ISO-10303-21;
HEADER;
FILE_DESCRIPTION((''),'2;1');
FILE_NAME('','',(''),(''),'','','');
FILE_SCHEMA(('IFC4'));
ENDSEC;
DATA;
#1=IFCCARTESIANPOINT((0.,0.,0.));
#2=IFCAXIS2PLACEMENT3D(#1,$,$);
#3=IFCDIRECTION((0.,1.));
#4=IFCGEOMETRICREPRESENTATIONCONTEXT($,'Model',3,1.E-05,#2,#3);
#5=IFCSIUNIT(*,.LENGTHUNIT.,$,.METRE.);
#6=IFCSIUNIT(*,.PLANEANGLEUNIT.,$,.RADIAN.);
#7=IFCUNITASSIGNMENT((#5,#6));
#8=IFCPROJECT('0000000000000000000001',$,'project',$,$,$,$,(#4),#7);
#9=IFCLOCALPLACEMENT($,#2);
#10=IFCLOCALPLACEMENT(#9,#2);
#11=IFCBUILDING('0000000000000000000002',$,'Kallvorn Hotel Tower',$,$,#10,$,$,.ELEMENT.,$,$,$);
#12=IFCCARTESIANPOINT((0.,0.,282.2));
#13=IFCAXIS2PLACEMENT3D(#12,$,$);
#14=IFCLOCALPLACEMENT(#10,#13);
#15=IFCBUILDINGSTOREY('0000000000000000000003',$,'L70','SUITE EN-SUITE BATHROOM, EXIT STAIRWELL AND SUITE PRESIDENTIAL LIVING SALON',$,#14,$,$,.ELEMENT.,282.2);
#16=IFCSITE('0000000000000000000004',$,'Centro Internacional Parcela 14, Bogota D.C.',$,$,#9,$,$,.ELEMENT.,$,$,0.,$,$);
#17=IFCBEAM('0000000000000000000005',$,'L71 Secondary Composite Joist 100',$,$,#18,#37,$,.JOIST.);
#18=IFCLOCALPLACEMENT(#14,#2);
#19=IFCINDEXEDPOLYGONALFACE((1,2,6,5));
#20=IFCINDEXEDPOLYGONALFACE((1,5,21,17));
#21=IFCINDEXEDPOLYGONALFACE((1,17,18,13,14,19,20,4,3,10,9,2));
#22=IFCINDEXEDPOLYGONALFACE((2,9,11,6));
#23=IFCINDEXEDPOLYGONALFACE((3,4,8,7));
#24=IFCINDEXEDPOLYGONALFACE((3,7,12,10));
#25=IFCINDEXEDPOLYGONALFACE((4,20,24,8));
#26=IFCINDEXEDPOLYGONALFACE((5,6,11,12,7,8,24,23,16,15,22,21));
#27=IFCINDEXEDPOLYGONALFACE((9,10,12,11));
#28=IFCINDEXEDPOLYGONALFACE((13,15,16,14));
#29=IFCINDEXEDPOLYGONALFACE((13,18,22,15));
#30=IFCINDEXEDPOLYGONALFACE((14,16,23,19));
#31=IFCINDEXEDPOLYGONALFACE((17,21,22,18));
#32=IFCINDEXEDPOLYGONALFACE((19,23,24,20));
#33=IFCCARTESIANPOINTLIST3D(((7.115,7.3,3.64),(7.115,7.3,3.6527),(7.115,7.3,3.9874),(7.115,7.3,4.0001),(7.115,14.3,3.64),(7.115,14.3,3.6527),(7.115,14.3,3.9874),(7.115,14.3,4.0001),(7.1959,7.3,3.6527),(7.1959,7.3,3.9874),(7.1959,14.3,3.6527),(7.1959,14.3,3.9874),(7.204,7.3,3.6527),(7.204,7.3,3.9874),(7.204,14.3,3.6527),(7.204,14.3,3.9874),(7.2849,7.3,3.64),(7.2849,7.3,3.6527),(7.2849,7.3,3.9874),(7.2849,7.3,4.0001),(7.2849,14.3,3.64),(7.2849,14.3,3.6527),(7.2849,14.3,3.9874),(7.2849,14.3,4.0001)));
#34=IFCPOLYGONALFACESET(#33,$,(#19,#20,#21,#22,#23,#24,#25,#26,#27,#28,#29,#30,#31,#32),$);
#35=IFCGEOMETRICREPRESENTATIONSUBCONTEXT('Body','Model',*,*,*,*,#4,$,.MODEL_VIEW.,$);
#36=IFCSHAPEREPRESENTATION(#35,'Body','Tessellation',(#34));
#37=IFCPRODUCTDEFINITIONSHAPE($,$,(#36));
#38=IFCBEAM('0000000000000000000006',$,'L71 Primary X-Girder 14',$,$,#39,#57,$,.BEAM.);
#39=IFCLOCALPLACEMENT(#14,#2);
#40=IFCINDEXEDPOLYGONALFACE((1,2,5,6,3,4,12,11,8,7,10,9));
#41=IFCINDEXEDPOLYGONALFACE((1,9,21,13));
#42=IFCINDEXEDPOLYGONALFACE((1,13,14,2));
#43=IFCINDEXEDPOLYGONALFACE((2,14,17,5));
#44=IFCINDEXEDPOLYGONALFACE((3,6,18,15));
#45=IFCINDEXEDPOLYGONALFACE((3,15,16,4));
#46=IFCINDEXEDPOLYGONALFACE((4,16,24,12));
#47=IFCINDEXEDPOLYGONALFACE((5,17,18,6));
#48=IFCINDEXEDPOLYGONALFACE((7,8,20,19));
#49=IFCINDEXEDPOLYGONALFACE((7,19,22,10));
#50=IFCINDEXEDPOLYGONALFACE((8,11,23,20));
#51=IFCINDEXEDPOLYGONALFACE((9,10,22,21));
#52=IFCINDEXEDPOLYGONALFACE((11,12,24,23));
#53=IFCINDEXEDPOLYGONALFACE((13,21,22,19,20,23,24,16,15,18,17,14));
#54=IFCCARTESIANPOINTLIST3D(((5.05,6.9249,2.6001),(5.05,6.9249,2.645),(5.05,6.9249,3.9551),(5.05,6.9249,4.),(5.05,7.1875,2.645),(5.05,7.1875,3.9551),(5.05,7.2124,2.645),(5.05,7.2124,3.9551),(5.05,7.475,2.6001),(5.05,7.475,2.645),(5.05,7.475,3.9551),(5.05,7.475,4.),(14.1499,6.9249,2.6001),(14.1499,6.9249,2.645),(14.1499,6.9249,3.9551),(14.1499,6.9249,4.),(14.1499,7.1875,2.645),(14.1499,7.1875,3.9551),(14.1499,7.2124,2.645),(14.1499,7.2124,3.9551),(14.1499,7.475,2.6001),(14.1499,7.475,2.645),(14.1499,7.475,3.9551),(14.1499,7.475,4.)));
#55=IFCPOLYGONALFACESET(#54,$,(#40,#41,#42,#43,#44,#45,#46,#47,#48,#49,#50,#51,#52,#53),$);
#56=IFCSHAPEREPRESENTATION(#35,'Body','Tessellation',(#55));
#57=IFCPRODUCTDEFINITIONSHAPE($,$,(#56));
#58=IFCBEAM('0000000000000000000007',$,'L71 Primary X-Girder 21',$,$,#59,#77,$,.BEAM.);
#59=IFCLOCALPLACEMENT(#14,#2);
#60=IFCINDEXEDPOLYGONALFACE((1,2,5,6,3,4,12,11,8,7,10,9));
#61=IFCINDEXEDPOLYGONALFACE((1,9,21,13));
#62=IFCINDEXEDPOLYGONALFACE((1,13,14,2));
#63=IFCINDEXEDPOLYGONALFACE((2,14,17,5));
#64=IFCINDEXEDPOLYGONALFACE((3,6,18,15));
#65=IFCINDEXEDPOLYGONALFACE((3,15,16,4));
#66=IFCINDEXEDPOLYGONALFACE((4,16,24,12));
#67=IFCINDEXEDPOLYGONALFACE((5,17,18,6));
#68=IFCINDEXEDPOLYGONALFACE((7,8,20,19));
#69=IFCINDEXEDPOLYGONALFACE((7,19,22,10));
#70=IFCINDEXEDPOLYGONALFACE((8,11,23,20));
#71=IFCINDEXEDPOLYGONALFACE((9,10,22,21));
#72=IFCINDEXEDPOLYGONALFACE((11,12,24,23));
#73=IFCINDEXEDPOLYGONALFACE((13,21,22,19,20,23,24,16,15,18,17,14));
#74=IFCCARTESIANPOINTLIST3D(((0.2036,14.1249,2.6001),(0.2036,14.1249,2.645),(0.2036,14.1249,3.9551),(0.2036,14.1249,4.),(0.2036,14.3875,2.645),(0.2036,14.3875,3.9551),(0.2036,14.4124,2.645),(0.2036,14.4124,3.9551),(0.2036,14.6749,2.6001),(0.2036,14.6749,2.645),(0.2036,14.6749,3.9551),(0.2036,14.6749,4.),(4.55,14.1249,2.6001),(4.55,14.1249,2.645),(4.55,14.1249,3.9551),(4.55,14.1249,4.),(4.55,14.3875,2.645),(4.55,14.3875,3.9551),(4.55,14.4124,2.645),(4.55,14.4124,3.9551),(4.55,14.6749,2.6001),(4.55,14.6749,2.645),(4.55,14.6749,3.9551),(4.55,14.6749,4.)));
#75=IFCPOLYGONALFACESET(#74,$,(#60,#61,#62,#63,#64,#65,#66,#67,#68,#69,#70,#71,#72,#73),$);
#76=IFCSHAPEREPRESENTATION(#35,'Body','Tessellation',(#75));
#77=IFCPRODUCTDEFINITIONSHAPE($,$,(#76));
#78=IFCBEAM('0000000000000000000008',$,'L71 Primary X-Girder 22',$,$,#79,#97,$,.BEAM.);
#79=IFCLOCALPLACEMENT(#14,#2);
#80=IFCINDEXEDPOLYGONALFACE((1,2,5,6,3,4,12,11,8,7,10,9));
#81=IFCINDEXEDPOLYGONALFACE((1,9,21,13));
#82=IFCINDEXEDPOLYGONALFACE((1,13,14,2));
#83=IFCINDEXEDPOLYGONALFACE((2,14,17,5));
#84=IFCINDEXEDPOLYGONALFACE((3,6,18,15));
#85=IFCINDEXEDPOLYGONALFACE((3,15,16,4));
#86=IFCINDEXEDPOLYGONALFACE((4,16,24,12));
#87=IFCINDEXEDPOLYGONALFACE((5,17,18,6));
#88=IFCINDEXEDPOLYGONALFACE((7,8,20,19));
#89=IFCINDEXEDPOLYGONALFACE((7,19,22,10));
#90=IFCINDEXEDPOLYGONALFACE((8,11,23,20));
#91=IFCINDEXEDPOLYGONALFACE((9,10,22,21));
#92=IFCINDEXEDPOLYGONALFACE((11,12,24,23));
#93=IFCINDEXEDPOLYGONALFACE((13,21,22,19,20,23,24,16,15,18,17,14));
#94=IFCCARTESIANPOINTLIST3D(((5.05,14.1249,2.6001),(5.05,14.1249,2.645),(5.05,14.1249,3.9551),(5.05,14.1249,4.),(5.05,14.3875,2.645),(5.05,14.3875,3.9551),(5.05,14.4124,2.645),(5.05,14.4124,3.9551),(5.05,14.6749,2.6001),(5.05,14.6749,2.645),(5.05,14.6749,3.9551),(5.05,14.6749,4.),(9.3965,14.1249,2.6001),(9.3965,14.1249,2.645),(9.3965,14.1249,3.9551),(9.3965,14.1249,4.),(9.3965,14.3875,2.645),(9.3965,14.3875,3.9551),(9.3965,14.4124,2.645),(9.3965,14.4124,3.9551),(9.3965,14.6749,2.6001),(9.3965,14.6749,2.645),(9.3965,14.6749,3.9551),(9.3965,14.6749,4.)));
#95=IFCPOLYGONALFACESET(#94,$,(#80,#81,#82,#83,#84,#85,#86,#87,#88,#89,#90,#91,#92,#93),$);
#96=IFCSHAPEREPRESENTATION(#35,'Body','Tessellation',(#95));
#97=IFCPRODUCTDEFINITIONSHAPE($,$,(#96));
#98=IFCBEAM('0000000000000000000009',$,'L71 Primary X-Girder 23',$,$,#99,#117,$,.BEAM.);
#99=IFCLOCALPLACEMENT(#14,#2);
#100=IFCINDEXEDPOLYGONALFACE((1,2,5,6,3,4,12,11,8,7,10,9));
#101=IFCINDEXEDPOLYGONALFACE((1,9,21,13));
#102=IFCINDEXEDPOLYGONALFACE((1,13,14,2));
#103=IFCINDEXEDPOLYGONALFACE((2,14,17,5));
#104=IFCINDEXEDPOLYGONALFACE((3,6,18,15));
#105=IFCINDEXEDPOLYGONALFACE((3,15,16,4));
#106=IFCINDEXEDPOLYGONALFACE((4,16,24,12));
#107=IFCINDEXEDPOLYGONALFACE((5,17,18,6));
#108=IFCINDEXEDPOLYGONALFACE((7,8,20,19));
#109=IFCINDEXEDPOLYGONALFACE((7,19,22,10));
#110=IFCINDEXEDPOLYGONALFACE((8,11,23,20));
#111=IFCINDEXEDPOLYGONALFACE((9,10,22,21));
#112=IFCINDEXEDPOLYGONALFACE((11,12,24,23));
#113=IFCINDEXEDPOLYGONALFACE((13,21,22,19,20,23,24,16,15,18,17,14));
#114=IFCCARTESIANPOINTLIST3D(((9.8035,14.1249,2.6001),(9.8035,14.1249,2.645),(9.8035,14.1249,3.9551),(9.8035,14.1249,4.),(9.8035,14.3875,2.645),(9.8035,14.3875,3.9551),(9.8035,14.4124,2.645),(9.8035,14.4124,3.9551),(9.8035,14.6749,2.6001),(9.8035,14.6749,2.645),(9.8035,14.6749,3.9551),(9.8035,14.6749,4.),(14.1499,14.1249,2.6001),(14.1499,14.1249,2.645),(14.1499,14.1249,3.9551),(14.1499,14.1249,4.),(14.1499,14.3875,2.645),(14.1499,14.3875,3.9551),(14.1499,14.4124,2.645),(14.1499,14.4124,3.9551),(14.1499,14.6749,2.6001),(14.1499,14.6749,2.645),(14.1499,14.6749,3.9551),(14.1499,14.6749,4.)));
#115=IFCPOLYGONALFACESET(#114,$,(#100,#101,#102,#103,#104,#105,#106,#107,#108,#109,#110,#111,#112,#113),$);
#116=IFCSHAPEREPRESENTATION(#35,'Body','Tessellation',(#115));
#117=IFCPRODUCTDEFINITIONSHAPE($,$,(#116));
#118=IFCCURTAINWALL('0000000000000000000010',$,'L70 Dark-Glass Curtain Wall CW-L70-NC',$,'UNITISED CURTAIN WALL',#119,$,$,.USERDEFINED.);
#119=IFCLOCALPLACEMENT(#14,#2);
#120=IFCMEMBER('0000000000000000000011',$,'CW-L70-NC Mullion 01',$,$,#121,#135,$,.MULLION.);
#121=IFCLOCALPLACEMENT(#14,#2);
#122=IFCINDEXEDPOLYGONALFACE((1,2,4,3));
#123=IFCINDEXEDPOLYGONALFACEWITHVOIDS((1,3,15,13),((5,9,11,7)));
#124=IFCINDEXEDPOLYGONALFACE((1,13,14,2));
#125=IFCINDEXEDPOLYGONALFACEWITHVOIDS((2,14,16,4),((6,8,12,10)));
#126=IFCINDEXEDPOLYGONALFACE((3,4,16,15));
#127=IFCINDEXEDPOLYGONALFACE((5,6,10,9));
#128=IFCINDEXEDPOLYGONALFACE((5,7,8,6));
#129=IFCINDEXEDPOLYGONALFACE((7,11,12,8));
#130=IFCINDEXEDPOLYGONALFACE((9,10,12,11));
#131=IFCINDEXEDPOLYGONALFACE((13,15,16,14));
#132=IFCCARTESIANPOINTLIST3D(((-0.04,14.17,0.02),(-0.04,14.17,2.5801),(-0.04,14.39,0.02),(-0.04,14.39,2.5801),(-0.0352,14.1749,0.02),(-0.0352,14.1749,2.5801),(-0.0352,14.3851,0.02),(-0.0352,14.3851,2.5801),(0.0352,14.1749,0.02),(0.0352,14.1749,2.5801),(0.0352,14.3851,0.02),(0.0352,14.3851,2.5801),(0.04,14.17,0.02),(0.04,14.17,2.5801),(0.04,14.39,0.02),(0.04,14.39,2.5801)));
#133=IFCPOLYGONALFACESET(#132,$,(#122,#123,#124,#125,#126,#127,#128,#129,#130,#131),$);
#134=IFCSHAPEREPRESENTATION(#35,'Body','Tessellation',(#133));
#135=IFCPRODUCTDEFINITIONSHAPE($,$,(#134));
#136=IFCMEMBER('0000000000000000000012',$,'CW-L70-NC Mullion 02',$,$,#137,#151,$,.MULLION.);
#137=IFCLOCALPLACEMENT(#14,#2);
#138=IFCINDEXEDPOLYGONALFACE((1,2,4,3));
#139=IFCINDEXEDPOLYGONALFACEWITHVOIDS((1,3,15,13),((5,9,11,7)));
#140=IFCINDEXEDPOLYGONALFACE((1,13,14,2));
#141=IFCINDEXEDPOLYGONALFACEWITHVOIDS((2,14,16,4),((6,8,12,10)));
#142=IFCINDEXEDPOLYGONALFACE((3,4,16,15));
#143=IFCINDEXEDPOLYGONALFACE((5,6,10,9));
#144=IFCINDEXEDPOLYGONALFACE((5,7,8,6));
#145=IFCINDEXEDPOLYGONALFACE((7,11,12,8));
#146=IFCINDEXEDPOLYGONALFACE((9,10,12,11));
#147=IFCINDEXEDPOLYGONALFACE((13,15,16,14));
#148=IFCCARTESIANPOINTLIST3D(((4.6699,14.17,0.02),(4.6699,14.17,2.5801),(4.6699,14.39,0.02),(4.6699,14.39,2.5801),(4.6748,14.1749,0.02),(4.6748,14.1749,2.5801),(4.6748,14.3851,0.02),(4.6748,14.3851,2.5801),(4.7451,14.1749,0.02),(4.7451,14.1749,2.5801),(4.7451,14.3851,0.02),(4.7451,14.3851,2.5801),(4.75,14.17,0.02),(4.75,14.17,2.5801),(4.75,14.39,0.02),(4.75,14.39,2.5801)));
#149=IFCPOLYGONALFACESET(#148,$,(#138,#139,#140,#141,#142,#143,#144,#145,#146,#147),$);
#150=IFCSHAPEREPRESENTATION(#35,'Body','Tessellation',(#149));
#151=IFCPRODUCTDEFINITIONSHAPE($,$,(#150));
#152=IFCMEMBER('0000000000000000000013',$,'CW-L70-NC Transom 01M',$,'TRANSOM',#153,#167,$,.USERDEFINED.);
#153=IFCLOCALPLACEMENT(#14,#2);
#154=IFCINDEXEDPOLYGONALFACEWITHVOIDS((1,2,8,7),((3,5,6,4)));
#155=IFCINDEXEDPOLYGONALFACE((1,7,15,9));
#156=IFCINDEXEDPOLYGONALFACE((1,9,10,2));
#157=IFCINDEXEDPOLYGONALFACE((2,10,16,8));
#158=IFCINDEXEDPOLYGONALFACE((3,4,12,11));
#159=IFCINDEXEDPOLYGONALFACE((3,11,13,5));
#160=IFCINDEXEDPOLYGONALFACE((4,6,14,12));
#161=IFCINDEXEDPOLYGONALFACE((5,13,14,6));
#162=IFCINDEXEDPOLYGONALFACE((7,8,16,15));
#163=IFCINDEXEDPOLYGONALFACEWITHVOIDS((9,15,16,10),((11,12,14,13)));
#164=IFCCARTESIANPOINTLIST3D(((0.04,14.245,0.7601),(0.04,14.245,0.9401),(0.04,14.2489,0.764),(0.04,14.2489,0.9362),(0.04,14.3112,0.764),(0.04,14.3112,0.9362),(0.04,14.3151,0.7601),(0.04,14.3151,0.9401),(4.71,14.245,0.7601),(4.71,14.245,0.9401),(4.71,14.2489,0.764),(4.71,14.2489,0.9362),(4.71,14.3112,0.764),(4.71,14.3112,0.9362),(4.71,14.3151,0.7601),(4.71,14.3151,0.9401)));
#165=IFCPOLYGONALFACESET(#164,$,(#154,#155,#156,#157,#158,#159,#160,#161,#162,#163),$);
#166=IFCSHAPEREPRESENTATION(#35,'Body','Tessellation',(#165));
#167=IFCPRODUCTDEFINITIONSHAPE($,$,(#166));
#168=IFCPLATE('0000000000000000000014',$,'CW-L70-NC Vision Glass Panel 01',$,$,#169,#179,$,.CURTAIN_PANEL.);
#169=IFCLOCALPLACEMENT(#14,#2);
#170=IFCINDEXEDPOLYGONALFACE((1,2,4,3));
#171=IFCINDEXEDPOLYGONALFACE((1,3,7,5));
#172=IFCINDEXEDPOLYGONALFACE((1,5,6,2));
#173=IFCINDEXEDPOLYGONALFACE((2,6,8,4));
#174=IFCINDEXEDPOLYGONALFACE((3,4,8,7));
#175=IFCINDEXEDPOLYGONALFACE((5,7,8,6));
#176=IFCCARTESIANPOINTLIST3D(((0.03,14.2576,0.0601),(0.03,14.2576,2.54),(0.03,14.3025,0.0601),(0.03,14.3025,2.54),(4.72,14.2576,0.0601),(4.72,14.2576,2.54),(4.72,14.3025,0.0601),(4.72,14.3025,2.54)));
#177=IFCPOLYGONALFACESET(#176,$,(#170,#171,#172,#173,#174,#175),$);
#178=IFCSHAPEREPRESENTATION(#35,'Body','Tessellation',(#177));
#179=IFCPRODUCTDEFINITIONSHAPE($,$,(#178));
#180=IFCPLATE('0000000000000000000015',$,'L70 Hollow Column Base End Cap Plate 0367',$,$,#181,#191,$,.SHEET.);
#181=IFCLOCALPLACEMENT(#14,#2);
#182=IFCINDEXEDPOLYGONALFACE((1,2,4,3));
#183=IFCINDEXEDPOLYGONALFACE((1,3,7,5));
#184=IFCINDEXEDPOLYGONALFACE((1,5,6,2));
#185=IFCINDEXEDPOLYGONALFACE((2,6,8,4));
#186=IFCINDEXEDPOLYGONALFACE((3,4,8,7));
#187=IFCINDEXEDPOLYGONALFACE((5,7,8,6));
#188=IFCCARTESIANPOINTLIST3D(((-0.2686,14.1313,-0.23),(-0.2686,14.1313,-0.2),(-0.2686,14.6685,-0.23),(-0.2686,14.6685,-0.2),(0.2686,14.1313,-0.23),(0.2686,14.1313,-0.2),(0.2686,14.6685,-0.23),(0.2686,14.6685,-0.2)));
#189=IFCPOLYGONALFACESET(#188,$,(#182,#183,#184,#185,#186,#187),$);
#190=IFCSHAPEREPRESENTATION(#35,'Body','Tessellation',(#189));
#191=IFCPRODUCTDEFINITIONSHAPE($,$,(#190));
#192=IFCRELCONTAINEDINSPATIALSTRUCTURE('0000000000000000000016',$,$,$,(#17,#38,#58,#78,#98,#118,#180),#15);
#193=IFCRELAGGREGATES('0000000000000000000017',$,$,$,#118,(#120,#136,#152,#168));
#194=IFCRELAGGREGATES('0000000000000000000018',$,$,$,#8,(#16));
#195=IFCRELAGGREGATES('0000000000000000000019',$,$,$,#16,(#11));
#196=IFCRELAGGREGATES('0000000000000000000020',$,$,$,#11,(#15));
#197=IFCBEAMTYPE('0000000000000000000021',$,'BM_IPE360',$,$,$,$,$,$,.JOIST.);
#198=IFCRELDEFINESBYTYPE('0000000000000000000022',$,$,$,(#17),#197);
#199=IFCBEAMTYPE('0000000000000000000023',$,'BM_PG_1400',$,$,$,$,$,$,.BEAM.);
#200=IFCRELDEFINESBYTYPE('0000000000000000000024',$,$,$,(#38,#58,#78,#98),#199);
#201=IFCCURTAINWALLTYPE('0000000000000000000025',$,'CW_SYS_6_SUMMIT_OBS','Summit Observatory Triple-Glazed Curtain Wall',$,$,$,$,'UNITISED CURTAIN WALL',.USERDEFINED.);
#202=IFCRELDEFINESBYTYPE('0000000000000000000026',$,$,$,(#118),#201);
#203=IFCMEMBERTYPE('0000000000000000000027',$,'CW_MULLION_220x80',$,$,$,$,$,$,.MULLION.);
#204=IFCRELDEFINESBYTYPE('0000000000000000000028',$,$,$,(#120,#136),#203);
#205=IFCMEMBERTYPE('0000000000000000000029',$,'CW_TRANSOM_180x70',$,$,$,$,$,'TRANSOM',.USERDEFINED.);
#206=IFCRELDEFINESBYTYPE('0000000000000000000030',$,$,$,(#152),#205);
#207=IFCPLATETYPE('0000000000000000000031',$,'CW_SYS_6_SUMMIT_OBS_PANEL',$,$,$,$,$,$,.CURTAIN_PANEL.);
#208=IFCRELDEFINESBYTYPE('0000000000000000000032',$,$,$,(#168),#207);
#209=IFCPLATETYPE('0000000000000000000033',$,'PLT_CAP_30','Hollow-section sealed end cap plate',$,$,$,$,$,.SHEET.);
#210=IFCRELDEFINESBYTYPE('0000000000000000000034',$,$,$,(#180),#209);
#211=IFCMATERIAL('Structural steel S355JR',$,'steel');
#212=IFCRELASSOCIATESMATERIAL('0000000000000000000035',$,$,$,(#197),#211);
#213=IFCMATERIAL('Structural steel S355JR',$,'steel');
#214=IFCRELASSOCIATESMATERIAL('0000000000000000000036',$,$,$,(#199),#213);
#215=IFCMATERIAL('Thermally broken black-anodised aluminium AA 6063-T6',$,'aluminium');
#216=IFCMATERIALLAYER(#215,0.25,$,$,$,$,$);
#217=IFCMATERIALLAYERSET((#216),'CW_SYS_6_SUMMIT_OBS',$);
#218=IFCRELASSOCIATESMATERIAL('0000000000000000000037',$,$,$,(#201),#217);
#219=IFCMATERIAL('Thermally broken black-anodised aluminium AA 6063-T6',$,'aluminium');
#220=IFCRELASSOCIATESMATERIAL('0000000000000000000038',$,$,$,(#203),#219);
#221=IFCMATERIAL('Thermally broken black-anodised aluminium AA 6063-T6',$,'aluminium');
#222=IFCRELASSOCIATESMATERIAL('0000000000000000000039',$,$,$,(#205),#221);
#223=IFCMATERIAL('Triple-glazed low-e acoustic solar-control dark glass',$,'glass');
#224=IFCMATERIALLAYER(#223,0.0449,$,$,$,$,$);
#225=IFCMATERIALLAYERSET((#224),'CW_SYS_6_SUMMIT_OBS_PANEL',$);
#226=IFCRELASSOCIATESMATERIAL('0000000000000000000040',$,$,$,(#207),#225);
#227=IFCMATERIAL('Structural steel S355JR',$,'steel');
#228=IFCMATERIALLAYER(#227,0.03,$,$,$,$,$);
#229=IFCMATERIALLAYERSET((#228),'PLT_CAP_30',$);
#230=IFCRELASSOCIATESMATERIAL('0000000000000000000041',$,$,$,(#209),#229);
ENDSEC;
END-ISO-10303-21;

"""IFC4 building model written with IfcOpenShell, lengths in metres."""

from ifc_helpers import new_model, si_unit, direction, frame, origin, origin_2d, place, context, subcontext, project, spatial, rectangle, hollow_rectangle, i_section, extrude, material, layer, layer_set, material_profile, profile_set, type_object, element, aggregate, save


model = new_model("IFC4")

# Units and contexts
model_context = context("Model", 3, precision=1e-05, world=origin(), true_north=direction((0.0, 1.0)))
body_context = subcontext(model_context, "Body", "Model", "MODEL_VIEW")
ifc_project = project(units=[si_unit("LENGTHUNIT", "METRE"), si_unit("PLANEANGLEUNIT", "RADIAN")], contexts=[model_context])

# Site, building, storey
site_placement = place(None, origin())
site = spatial("IfcSite", under=ifc_project, at=site_placement, Name="Centro Internacional Parcela 14, Bogota D.C.", CompositionType="ELEMENT", RefElevation=0.0)
building_placement = place(site_placement, origin())
building = spatial("IfcBuilding", under=site, at=building_placement, Name="Kallvorn Hotel Tower", CompositionType="ELEMENT")
storey_placement = place(building_placement, frame((0.0, 0.0, 282.2)))
storey = spatial("IfcBuildingStorey", under=building, at=storey_placement, Name="L70", Description="SUITE EN-SUITE BATHROOM, EXIT STAIRWELL AND SUITE PRESIDENTIAL LIVING SALON", CompositionType="ELEMENT", Elevation=282.2)

# Beams
ifc_material_1 = material(Name="Structural steel S355JR", Category="steel")
ifc_material_profile_1 = material_profile(ifc_material_1, i_section(OverallWidth=0.1699, OverallDepth=0.3601, WebThickness=0.0081, FlangeThickness=0.0127, at=origin_2d()), Name="IPE 360")
ifc_profile_set_1 = profile_set([ifc_material_profile_1], Name="Structural steel S355JR")
beam_type_1 = type_object("IfcBeamType", Name="BM_IPE360", PredefinedType="JOIST", material=ifc_profile_set_1)
beam_1_placement = place(storey_placement, frame((7.2, 7.3, 3.8201), z_axis=(0.0, 1.0, 0.0), x_axis=(-1.0, 0.0, 0.0)))
element("IfcBeam", 1, at=beam_1_placement, inside=storey, type_object=beam_type_1, Name="L71 Secondary Composite Joist 100", PredefinedType="JOIST", context=body_context, shape_type="SweptSolid", body=[
    extrude(i_section(OverallWidth=0.1699, OverallDepth=0.3601, WebThickness=0.0081, FlangeThickness=0.0127, at=origin_2d()), origin(), (0.0, 0.0, 1.0), 7.0),
])
ifc_material_2 = material(Name="Structural steel S355JR", Category="steel")
ifc_material_profile_2 = material_profile(ifc_material_2, i_section(OverallWidth=0.55, OverallDepth=1.3999, WebThickness=0.0249, FlangeThickness=0.0449, at=origin_2d()), Name="PG 1400x550x25x45")
ifc_profile_set_2 = profile_set([ifc_material_profile_2], Name="Structural steel S355JR")
beam_type_2 = type_object("IfcBeamType", Name="BM_PG_1400", PredefinedType="BEAM", material=ifc_profile_set_2)
beam_2_placement = place(storey_placement, frame((5.05, 7.2, 3.3), z_axis=(1.0, 0.0, 0.0), x_axis=(0.0, 1.0, 0.0)))
element("IfcBeam", 2, at=beam_2_placement, inside=storey, type_object=beam_type_2, Name="L71 Primary X-Girder 14", PredefinedType="BEAM", context=body_context, shape_type="SweptSolid", body=[
    extrude(i_section(OverallWidth=0.55, OverallDepth=1.3999, WebThickness=0.0249, FlangeThickness=0.0449, at=origin_2d()), origin(), (0.0, 0.0, 1.0), 9.0999),
])
for number, where, z_axis, x_axis, name in (
    (3, (0.2036, 14.3999, 3.3), (1.0, 0.0, 0.0), (0.0, 1.0, 0.0), "L71 Primary X-Girder 21"),
    (4, (5.05, 14.3999, 3.3), (1.0, 0.0, 0.0), (0.0, 1.0, 0.0), "L71 Primary X-Girder 22"),
    (5, (9.8035, 14.3999, 3.3), (1.0, 0.0, 0.0), (0.0, 1.0, 0.0), "L71 Primary X-Girder 23"),
):
    element("IfcBeam", number, at=place(storey_placement, frame(where, z_axis=z_axis, x_axis=x_axis)), inside=storey, type_object=beam_type_2, Name=name, PredefinedType="BEAM", context=body_context, shape_type="SweptSolid", body=[
        extrude(i_section(OverallWidth=0.55, OverallDepth=1.3999, WebThickness=0.0249, FlangeThickness=0.0449, at=origin_2d()), origin(), (0.0, 0.0, 1.0), 4.3464),
    ])

# Curtain wall, members, plate
ifc_material_3 = material(Name="Thermally broken black-anodised aluminium AA 6063-T6", Category="aluminium")
ifc_layer_1 = layer(ifc_material_3, 0.25)
ifc_layer_set_1 = layer_set([ifc_layer_1], Name="CW_SYS_6_SUMMIT_OBS")
curtain_wall_type = type_object("IfcCurtainWallType", Name="CW_SYS_6_SUMMIT_OBS", Description="Summit Observatory Triple-Glazed Curtain Wall", ElementType="UNITISED CURTAIN WALL", PredefinedType="USERDEFINED", material=ifc_layer_set_1)
curtain_wall_placement = place(storey_placement, origin())
curtain_wall = element("IfcCurtainWall", 6, at=curtain_wall_placement, inside=storey, type_object=curtain_wall_type, Name="L70 Dark-Glass Curtain Wall CW-L70-NC", ObjectType="UNITISED CURTAIN WALL", PredefinedType="USERDEFINED")
ifc_material_4 = material(Name="Thermally broken black-anodised aluminium AA 6063-T6", Category="aluminium")
ifc_material_profile_3 = material_profile(ifc_material_4, hollow_rectangle(XDim=0.0801, YDim=0.22, WallThickness=0.0049, at=origin_2d()), Name="MUL 220x80")
ifc_profile_set_3 = profile_set([ifc_material_profile_3], Name="Thermally broken black-anodised aluminium AA 6063-T6")
member_type_1 = type_object("IfcMemberType", Name="CW_MULLION_220x80", PredefinedType="MULLION", material=ifc_profile_set_3)
member_1_placement = place(storey_placement, frame((0.0, 14.28, 0.02), z_axis=(0.0, 0.0, 1.0), x_axis=(1.0, 0.0, 0.0)))
member_1 = element("IfcMember", 7, at=member_1_placement, type_object=member_type_1, Name="CW-L70-NC Mullion 01", PredefinedType="MULLION", context=body_context, shape_type="SweptSolid", body=[
    extrude(hollow_rectangle(XDim=0.0801, YDim=0.22, WallThickness=0.0049, at=origin_2d()), origin(), (0.0, 0.0, 1.0), 2.5601),
])
member_2_placement = place(storey_placement, frame((4.71, 14.28, 0.02), z_axis=(0.0, 0.0, 1.0), x_axis=(1.0, 0.0, 0.0)))
member_2 = element("IfcMember", 8, at=member_2_placement, type_object=member_type_1, Name="CW-L70-NC Mullion 02", PredefinedType="MULLION", context=body_context, shape_type="SweptSolid", body=[
    extrude(hollow_rectangle(XDim=0.0801, YDim=0.22, WallThickness=0.0049, at=origin_2d()), origin(), (0.0, 0.0, 1.0), 2.5601),
])
ifc_material_5 = material(Name="Thermally broken black-anodised aluminium AA 6063-T6", Category="aluminium")
ifc_material_profile_4 = material_profile(ifc_material_5, hollow_rectangle(XDim=0.0701, YDim=0.1799, WallThickness=0.0039, at=origin_2d()), Name="TRN 180x70")
ifc_profile_set_4 = profile_set([ifc_material_profile_4], Name="Thermally broken black-anodised aluminium AA 6063-T6")
member_type_2 = type_object("IfcMemberType", Name="CW_TRANSOM_180x70", ElementType="TRANSOM", PredefinedType="USERDEFINED", material=ifc_profile_set_4)
member_3_placement = place(storey_placement, frame((0.04, 14.28, 0.8501), z_axis=(1.0, 0.0, 0.0), x_axis=(0.0, 1.0, 0.0)))
member_3 = element("IfcMember", 9, at=member_3_placement, type_object=member_type_2, Name="CW-L70-NC Transom 01M", ObjectType="TRANSOM", PredefinedType="USERDEFINED", context=body_context, shape_type="SweptSolid", body=[
    extrude(hollow_rectangle(XDim=0.0701, YDim=0.1799, WallThickness=0.0039, at=origin_2d()), origin(), (0.0, 0.0, 1.0), 4.6699),
])
ifc_material_6 = material(Name="Triple-glazed low-e acoustic solar-control dark glass", Category="glass")
ifc_layer_2 = layer(ifc_material_6, 0.0449)
ifc_layer_set_2 = layer_set([ifc_layer_2], Name="CW_SYS_6_SUMMIT_OBS_PANEL")
plate_type_1 = type_object("IfcPlateType", Name="CW_SYS_6_SUMMIT_OBS_PANEL", PredefinedType="CURTAIN_PANEL", material=ifc_layer_set_2)
plate_placement = place(storey_placement, frame((2.375, 14.28, 0.0601), z_axis=(0.0, 0.0, 1.0), x_axis=(1.0, 0.0, 0.0)))
plate = element("IfcPlate", 10, at=plate_placement, type_object=plate_type_1, Name="CW-L70-NC Vision Glass Panel 01", PredefinedType="CURTAIN_PANEL", context=body_context, shape_type="SweptSolid", body=[
    extrude(rectangle(XDim=4.6899, YDim=0.0449, at=origin_2d()), origin(), (0.0, 0.0, 1.0), 2.48),
])
aggregate(curtain_wall, [member_1, member_2, member_3, plate])

# Plate
ifc_material_7 = material(Name="Structural steel S355JR", Category="steel")
ifc_layer_3 = layer(ifc_material_7, 0.03)
ifc_layer_set_3 = layer_set([ifc_layer_3], Name="PLT_CAP_30")
plate_type_2 = type_object("IfcPlateType", Name="PLT_CAP_30", Description="Hollow-section sealed end cap plate", PredefinedType="SHEET", material=ifc_layer_set_3)
for number, where, z_axis, x_axis, name in (
    (11, (0.0, 14.3999, -0.23), (0.0, 0.0, 1.0), (1.0, 0.0, 0.0), "L70 Hollow Column Base End Cap Plate 0367"),
):
    element("IfcPlate", number, at=place(storey_placement, frame(where, z_axis=z_axis, x_axis=x_axis)), inside=storey, type_object=plate_type_2, Name=name, PredefinedType="SHEET", context=body_context, shape_type="SweptSolid", body=[
        extrude(rectangle(XDim=0.5371, YDim=0.5371, at=origin_2d()), origin(), (0.0, 0.0, 1.0), 0.03),
    ])

save(model, "model.ifc")
